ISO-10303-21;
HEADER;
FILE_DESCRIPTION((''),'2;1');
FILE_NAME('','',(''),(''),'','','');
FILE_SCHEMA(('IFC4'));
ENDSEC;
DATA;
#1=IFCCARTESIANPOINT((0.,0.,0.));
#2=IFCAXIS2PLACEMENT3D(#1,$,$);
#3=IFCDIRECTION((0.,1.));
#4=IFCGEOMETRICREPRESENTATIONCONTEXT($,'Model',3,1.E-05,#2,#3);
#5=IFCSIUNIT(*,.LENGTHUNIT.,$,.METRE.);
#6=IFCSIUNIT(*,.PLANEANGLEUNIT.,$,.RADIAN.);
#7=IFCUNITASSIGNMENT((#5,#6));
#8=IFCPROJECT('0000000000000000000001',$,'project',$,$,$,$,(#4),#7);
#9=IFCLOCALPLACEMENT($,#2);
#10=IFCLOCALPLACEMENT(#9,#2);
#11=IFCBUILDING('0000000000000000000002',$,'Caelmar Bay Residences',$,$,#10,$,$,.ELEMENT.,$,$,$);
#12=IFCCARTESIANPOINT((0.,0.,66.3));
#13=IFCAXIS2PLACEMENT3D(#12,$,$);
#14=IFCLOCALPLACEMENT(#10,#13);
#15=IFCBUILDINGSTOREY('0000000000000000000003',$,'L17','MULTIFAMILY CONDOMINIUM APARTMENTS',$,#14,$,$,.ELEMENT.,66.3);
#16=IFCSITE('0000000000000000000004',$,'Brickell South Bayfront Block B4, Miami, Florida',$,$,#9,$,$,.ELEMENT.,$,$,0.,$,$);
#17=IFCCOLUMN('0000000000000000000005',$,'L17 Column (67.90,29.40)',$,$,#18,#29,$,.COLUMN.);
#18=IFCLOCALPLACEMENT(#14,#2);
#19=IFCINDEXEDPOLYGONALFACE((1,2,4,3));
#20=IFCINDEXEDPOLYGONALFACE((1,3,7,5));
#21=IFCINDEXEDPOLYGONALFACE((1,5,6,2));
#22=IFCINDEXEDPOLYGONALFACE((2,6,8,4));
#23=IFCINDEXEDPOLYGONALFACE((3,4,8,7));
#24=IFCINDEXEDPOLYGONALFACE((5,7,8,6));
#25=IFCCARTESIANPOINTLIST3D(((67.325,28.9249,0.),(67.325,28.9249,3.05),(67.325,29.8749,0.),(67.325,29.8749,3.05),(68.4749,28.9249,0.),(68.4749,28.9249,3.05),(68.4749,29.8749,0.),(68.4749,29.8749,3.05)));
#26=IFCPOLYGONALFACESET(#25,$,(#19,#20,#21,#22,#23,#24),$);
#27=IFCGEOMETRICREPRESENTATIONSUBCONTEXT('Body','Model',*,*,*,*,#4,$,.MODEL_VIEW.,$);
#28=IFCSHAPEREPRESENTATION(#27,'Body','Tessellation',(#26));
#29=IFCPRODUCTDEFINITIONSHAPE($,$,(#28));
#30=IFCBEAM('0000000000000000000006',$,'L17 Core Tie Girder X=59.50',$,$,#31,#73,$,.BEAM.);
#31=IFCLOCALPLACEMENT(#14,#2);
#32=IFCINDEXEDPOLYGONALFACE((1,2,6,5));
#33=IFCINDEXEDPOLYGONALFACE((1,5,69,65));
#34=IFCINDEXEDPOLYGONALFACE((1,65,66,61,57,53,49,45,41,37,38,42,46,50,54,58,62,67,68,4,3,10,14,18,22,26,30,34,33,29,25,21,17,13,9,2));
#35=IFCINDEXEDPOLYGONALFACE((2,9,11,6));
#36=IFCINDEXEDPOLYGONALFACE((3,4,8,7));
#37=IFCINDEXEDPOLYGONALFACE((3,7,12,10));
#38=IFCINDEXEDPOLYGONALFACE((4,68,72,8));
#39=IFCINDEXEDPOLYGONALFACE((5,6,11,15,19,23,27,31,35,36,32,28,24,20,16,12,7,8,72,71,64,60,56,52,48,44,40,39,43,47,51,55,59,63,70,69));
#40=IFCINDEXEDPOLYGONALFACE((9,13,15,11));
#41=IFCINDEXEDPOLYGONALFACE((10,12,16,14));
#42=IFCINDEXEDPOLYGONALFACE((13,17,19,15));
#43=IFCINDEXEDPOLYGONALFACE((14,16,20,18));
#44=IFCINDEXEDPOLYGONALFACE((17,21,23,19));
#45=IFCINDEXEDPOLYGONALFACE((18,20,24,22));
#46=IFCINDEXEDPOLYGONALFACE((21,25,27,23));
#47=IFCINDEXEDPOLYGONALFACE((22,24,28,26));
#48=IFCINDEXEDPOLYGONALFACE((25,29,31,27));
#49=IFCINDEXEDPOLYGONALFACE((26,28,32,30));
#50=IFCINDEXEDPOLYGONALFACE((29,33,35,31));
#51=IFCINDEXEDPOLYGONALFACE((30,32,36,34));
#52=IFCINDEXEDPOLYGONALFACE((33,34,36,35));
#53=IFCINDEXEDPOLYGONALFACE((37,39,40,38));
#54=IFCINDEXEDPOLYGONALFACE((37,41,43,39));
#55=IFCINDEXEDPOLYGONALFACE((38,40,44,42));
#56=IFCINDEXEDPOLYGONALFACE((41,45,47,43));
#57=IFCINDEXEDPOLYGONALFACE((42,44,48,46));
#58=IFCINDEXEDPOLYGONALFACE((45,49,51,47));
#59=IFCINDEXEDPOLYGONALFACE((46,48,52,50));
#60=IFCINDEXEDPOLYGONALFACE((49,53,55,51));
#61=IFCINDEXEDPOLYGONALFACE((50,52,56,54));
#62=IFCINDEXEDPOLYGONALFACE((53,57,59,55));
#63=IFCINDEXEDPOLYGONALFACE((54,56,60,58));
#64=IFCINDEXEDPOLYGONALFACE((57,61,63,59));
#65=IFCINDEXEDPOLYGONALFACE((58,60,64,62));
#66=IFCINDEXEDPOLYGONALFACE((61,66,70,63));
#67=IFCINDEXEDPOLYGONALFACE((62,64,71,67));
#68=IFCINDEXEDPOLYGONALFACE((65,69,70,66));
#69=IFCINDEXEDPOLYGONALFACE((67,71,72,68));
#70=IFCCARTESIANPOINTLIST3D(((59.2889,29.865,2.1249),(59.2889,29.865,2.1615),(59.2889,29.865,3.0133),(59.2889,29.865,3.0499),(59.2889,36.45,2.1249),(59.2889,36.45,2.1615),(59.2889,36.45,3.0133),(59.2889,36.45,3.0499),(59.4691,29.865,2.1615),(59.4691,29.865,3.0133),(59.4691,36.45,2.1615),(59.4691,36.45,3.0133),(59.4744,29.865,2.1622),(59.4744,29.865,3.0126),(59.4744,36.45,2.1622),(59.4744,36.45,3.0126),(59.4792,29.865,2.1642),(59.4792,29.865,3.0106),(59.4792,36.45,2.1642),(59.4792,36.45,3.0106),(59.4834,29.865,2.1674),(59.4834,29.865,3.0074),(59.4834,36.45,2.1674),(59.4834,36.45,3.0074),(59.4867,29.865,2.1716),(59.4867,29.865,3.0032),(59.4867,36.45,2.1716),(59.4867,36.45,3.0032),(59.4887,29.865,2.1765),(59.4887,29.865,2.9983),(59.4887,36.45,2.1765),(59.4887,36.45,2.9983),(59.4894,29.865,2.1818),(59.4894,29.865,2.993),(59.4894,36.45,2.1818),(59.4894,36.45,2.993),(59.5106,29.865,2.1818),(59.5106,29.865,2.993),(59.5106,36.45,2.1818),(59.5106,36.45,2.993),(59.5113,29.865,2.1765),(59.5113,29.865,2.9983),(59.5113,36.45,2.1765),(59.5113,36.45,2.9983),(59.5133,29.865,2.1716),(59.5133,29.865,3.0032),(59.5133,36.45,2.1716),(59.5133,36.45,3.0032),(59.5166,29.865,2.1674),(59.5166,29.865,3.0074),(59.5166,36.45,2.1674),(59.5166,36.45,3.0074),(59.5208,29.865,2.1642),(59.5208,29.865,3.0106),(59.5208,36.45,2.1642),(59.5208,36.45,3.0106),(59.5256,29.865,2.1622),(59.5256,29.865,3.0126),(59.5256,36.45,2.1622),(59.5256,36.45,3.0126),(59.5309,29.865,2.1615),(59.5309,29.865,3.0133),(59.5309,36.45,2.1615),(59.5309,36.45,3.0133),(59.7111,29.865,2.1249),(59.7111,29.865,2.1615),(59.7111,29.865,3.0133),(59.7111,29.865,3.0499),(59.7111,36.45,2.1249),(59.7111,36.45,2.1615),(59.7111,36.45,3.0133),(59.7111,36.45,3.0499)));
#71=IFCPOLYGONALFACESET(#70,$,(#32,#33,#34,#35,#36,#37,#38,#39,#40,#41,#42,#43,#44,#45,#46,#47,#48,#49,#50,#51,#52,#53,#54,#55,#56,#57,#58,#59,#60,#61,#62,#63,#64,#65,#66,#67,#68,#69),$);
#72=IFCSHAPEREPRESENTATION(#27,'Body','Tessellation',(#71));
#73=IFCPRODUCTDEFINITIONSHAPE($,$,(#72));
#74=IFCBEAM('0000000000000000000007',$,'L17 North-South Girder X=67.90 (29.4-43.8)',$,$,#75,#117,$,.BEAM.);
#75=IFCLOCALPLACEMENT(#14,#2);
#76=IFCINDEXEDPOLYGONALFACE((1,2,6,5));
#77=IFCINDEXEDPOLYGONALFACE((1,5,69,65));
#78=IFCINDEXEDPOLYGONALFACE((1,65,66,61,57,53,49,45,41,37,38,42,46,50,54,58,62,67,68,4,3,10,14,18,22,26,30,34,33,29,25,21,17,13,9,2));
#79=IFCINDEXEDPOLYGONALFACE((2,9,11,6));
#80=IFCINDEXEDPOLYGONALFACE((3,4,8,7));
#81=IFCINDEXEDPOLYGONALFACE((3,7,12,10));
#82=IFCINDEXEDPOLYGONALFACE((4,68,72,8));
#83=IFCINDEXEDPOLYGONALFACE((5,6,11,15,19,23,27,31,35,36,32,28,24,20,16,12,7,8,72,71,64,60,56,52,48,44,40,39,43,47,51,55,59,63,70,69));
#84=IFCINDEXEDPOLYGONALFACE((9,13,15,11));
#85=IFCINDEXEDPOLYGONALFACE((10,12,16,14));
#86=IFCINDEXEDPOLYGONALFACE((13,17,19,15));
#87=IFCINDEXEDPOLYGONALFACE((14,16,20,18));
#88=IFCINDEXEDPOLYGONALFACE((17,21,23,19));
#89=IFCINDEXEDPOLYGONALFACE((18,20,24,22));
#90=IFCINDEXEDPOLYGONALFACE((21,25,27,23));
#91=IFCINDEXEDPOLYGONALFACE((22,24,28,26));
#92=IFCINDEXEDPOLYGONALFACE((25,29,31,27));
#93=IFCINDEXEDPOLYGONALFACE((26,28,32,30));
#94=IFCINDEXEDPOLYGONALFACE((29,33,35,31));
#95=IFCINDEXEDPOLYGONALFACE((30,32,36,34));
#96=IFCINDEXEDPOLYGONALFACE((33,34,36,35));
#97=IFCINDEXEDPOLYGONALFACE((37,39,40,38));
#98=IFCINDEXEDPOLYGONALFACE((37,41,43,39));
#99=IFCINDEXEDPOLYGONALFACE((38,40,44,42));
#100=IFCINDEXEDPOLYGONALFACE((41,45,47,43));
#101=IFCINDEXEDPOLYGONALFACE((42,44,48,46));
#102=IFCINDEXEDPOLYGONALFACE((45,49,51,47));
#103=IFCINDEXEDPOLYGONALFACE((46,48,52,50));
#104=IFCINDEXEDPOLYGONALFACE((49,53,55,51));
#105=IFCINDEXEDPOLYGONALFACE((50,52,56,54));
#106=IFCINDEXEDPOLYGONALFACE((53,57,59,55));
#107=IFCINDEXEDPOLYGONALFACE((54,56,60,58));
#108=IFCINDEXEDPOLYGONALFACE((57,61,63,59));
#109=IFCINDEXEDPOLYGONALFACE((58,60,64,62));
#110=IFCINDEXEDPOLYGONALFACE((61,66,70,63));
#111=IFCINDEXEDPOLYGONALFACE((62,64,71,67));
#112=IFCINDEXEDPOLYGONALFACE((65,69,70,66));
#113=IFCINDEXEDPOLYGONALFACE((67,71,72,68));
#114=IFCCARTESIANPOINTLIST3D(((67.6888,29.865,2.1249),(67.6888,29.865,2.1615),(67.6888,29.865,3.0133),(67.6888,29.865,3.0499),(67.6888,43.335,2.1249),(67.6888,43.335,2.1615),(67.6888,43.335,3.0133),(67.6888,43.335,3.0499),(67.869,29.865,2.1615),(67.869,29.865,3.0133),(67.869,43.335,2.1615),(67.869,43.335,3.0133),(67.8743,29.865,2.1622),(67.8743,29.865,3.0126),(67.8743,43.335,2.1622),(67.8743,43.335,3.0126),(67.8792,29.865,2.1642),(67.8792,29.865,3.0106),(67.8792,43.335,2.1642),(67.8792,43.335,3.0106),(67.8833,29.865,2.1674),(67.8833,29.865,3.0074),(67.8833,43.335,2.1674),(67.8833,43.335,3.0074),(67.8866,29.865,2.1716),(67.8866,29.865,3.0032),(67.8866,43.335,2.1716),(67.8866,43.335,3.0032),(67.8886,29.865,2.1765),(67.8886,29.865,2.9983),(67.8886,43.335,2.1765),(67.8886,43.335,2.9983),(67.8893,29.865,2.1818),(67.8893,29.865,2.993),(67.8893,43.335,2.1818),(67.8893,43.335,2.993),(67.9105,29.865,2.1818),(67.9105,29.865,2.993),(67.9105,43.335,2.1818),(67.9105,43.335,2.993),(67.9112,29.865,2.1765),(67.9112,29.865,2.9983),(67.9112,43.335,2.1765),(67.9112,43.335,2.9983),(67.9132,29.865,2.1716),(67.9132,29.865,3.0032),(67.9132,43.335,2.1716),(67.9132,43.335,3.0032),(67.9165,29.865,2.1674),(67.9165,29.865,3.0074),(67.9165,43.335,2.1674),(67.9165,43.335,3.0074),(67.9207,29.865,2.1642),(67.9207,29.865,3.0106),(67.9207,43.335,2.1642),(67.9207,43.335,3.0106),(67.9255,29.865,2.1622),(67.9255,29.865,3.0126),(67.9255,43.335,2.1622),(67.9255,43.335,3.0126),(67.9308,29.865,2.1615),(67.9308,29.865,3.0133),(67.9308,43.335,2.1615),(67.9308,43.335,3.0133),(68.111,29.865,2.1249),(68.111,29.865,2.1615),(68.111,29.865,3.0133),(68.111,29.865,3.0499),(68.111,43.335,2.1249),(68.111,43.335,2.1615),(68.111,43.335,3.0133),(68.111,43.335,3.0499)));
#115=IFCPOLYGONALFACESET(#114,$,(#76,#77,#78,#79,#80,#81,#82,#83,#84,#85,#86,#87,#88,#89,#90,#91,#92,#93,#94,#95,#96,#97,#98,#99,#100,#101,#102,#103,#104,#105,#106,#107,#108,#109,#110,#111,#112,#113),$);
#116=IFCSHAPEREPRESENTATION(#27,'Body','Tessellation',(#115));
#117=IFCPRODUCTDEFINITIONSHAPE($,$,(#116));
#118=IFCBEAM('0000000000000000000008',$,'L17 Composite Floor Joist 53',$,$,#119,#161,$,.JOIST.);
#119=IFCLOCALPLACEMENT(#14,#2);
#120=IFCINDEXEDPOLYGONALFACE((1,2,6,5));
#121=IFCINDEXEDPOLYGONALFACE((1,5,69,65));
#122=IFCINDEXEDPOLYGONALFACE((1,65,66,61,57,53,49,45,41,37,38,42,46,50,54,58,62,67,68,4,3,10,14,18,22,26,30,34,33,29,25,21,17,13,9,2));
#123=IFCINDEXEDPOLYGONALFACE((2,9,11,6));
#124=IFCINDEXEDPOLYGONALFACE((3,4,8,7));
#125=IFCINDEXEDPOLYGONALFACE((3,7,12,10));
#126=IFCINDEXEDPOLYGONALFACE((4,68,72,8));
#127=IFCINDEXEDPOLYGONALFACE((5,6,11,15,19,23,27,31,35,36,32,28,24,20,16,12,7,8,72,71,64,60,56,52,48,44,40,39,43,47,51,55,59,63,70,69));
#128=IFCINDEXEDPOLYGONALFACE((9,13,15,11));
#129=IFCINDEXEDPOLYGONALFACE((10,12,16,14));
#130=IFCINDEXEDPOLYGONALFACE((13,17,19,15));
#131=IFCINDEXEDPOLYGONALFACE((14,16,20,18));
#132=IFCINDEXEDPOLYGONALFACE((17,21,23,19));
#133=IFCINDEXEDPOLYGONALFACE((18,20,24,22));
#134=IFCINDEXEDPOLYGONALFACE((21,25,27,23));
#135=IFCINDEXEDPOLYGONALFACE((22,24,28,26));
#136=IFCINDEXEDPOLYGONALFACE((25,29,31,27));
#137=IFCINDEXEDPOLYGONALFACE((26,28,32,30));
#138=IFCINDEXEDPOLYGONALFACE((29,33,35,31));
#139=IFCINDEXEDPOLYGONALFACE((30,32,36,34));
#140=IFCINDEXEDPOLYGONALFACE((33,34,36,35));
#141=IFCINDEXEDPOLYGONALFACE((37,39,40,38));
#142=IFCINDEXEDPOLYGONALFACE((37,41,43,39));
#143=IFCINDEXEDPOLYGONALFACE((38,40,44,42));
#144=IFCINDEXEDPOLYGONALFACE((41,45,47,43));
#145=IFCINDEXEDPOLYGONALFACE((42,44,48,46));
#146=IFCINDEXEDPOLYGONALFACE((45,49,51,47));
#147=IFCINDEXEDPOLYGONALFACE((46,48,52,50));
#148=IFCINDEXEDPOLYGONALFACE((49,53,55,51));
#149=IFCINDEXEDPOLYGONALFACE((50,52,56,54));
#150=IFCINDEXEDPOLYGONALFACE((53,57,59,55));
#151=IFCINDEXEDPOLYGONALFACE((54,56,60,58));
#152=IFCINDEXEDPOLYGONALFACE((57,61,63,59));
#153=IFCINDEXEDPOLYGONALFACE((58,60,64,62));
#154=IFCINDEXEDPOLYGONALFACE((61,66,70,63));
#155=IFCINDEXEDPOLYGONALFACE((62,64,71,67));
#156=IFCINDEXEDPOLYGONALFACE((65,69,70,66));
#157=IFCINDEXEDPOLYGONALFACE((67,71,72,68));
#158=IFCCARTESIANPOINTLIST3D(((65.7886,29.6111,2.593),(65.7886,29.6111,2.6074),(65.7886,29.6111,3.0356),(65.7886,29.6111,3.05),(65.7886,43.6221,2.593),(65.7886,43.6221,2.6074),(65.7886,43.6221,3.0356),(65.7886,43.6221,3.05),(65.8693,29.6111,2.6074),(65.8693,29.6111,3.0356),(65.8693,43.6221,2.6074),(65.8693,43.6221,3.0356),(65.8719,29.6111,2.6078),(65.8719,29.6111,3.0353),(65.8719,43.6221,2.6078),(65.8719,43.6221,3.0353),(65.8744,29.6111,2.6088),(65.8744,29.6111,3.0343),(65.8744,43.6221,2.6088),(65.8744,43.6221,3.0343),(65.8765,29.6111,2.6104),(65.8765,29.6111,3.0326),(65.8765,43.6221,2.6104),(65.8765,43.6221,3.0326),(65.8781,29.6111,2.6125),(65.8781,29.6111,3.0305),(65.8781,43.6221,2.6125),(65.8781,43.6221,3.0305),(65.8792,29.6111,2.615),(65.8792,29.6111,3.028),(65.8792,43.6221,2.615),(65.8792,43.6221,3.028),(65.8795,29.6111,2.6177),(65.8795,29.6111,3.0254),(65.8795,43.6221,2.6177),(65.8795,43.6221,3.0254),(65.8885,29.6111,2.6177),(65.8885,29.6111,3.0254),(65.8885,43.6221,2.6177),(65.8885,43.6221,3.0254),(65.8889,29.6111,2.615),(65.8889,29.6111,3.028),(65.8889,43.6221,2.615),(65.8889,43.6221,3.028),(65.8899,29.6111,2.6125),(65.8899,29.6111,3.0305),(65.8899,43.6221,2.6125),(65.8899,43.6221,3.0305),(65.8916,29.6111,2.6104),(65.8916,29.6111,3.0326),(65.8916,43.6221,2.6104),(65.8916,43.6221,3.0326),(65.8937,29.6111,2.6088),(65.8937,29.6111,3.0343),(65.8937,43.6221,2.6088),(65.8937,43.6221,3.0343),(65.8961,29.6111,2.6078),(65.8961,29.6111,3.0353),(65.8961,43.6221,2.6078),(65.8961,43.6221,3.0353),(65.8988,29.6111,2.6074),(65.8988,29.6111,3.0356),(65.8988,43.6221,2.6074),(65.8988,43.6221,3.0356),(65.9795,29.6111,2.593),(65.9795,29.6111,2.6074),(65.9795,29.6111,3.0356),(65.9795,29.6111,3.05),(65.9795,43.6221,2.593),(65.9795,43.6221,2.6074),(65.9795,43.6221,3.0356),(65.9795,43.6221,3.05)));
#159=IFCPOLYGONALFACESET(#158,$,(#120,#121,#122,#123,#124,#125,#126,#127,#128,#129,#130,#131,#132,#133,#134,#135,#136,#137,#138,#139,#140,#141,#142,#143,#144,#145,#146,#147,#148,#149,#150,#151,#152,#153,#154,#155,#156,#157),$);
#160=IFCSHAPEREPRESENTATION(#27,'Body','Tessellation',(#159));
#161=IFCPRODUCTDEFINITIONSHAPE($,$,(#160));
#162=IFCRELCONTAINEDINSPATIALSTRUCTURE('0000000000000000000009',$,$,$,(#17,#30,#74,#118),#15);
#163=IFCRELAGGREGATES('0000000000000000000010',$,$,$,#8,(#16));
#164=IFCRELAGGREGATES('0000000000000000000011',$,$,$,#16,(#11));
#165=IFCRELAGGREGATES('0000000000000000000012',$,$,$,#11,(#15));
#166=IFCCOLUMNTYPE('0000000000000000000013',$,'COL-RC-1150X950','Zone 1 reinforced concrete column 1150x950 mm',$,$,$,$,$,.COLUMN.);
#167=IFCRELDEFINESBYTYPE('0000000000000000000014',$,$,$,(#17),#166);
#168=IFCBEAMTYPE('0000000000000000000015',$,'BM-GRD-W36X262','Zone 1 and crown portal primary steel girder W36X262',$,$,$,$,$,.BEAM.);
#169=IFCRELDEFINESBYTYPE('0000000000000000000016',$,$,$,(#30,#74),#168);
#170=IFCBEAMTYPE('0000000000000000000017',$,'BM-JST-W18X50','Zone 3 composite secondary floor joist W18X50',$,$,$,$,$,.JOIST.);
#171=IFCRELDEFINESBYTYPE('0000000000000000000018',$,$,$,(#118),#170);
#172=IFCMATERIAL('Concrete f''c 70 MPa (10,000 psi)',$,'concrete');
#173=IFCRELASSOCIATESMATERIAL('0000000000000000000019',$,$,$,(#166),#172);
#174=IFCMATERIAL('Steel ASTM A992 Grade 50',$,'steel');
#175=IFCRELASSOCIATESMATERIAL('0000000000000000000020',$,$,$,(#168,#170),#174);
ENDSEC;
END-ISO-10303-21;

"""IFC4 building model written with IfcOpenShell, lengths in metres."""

from ifc_helpers import new_model, si_unit, direction, frame, origin, origin_2d, place, context, subcontext, project, spatial, rectangle, i_section, extrude, material, material_profile, profile_set, type_object, element, save


model = new_model("IFC4")

# Units and contexts
model_context = context("Model", 3, precision=1e-05, world=origin(), true_north=direction((0.0, 1.0)))
body_context = subcontext(model_context, "Body", "Model", "MODEL_VIEW")
ifc_project = project(units=[si_unit("LENGTHUNIT", "METRE"), si_unit("PLANEANGLEUNIT", "RADIAN")], contexts=[model_context])

# Site, building, storey
site_placement = place(None, origin())
site = spatial("IfcSite", under=ifc_project, at=site_placement, Name="Brickell South Bayfront Block B4, Miami, Florida", CompositionType="ELEMENT", RefElevation=0.0)
building_placement = place(site_placement, origin())
building = spatial("IfcBuilding", under=site, at=building_placement, Name="Caelmar Bay Residences", CompositionType="ELEMENT")
storey_placement = place(building_placement, frame((0.0, 0.0, 66.3)))
storey = spatial("IfcBuildingStorey", under=building, at=storey_placement, Name="L17", Description="MULTIFAMILY CONDOMINIUM APARTMENTS", CompositionType="ELEMENT", Elevation=66.3)

# Column
ifc_material_1 = material(Name="Concrete f'c 70 MPa (10,000 psi)", Category="concrete")
ifc_material_profile_1 = material_profile(ifc_material_1, rectangle(XDim=1.1499, YDim=0.95, at=origin_2d()), Name="RC-COL-1150X950")
ifc_profile_set_1 = profile_set([ifc_material_profile_1], Name="Concrete f'c 70 MPa (10,000 psi)")
column_type = type_object("IfcColumnType", Name="COL-RC-1150X950", Description="Zone 1 reinforced concrete column 1150x950 mm", PredefinedType="COLUMN", material=ifc_profile_set_1)
column_placement = place(storey_placement, frame((67.8999, 29.3999, 0.0), z_axis=(0.0, 0.0, 1.0), x_axis=(1.0, 0.0, 0.0)))
element("IfcColumn", 1, at=column_placement, inside=storey, type_object=column_type, Name="L17 Column (67.90,29.40)", PredefinedType="COLUMN", context=body_context, shape_type="SweptSolid", body=[
    extrude(rectangle(XDim=1.1499, YDim=0.95, at=origin_2d()), origin(), (0.0, 0.0, 1.0), 3.05),
])

# Beams
ifc_material_2 = material(Name="Steel ASTM A992 Grade 50", Category="steel")
ifc_material_profile_2 = material_profile(ifc_material_2, i_section(OverallWidth=0.4221, OverallDepth=0.925, WebThickness=0.0212, FlangeThickness=0.0366, FilletRadius=0.0203, at=origin_2d()), Name="W36X262")
ifc_profile_set_2 = profile_set([ifc_material_profile_2], Name="Steel ASTM A992 Grade 50")
beam_type_1 = type_object("IfcBeamType", Name="BM-GRD-W36X262", Description="Zone 1 and crown portal primary steel girder W36X262", PredefinedType="BEAM", material=ifc_profile_set_2)
beam_1_placement = place(storey_placement, frame((59.5, 29.865, 2.5874), z_axis=(0.0, 1.0, 0.0), x_axis=(-1.0, 0.0, 0.0)))
element("IfcBeam", 2, at=beam_1_placement, inside=storey, type_object=beam_type_1, Name="L17 Core Tie Girder X=59.50", PredefinedType="BEAM", context=body_context, shape_type="SweptSolid", body=[
    extrude(i_section(OverallWidth=0.4221, OverallDepth=0.925, WebThickness=0.0212, FlangeThickness=0.0366, FilletRadius=0.0203, at=origin_2d()), origin(), (0.0, 0.0, 1.0), 6.585),
])
beam_2_placement = place(storey_placement, frame((67.8999, 29.865, 2.5874), z_axis=(0.0, 1.0, 0.0), x_axis=(-1.0, 0.0, 0.0)))
element("IfcBeam", 3, at=beam_2_placement, inside=storey, type_object=beam_type_1, Name="L17 North-South Girder X=67.90 (29.4-43.8)", PredefinedType="BEAM", context=body_context, shape_type="SweptSolid", body=[
    extrude(i_section(OverallWidth=0.4221, OverallDepth=0.925, WebThickness=0.0212, FlangeThickness=0.0366, FilletRadius=0.0203, at=origin_2d()), origin(), (0.0, 0.0, 1.0), 13.47),
])
ifc_material_profile_3 = material_profile(ifc_material_2, i_section(OverallWidth=0.1909, OverallDepth=0.457, WebThickness=0.009, FlangeThickness=0.0144, FilletRadius=0.0103, at=origin_2d()), Name="W18X50")
ifc_profile_set_3 = profile_set([ifc_material_profile_3], Name="Steel ASTM A992 Grade 50")
beam_type_2 = type_object("IfcBeamType", Name="BM-JST-W18X50", Description="Zone 3 composite secondary floor joist W18X50", PredefinedType="JOIST", material=ifc_profile_set_3)
beam_3_placement = place(storey_placement, frame((65.884, 29.6111, 2.8215), z_axis=(0.0, 1.0, 0.0), x_axis=(-1.0, 0.0, 0.0)))
element("IfcBeam", 4, at=beam_3_placement, inside=storey, type_object=beam_type_2, Name="L17 Composite Floor Joist 53", PredefinedType="JOIST", context=body_context, shape_type="SweptSolid", body=[
    extrude(i_section(OverallWidth=0.1909, OverallDepth=0.457, WebThickness=0.009, FlangeThickness=0.0144, FilletRadius=0.0103, at=origin_2d()), origin(), (0.0, 0.0, 1.0), 14.011),
])

save(model, "model.ifc")
